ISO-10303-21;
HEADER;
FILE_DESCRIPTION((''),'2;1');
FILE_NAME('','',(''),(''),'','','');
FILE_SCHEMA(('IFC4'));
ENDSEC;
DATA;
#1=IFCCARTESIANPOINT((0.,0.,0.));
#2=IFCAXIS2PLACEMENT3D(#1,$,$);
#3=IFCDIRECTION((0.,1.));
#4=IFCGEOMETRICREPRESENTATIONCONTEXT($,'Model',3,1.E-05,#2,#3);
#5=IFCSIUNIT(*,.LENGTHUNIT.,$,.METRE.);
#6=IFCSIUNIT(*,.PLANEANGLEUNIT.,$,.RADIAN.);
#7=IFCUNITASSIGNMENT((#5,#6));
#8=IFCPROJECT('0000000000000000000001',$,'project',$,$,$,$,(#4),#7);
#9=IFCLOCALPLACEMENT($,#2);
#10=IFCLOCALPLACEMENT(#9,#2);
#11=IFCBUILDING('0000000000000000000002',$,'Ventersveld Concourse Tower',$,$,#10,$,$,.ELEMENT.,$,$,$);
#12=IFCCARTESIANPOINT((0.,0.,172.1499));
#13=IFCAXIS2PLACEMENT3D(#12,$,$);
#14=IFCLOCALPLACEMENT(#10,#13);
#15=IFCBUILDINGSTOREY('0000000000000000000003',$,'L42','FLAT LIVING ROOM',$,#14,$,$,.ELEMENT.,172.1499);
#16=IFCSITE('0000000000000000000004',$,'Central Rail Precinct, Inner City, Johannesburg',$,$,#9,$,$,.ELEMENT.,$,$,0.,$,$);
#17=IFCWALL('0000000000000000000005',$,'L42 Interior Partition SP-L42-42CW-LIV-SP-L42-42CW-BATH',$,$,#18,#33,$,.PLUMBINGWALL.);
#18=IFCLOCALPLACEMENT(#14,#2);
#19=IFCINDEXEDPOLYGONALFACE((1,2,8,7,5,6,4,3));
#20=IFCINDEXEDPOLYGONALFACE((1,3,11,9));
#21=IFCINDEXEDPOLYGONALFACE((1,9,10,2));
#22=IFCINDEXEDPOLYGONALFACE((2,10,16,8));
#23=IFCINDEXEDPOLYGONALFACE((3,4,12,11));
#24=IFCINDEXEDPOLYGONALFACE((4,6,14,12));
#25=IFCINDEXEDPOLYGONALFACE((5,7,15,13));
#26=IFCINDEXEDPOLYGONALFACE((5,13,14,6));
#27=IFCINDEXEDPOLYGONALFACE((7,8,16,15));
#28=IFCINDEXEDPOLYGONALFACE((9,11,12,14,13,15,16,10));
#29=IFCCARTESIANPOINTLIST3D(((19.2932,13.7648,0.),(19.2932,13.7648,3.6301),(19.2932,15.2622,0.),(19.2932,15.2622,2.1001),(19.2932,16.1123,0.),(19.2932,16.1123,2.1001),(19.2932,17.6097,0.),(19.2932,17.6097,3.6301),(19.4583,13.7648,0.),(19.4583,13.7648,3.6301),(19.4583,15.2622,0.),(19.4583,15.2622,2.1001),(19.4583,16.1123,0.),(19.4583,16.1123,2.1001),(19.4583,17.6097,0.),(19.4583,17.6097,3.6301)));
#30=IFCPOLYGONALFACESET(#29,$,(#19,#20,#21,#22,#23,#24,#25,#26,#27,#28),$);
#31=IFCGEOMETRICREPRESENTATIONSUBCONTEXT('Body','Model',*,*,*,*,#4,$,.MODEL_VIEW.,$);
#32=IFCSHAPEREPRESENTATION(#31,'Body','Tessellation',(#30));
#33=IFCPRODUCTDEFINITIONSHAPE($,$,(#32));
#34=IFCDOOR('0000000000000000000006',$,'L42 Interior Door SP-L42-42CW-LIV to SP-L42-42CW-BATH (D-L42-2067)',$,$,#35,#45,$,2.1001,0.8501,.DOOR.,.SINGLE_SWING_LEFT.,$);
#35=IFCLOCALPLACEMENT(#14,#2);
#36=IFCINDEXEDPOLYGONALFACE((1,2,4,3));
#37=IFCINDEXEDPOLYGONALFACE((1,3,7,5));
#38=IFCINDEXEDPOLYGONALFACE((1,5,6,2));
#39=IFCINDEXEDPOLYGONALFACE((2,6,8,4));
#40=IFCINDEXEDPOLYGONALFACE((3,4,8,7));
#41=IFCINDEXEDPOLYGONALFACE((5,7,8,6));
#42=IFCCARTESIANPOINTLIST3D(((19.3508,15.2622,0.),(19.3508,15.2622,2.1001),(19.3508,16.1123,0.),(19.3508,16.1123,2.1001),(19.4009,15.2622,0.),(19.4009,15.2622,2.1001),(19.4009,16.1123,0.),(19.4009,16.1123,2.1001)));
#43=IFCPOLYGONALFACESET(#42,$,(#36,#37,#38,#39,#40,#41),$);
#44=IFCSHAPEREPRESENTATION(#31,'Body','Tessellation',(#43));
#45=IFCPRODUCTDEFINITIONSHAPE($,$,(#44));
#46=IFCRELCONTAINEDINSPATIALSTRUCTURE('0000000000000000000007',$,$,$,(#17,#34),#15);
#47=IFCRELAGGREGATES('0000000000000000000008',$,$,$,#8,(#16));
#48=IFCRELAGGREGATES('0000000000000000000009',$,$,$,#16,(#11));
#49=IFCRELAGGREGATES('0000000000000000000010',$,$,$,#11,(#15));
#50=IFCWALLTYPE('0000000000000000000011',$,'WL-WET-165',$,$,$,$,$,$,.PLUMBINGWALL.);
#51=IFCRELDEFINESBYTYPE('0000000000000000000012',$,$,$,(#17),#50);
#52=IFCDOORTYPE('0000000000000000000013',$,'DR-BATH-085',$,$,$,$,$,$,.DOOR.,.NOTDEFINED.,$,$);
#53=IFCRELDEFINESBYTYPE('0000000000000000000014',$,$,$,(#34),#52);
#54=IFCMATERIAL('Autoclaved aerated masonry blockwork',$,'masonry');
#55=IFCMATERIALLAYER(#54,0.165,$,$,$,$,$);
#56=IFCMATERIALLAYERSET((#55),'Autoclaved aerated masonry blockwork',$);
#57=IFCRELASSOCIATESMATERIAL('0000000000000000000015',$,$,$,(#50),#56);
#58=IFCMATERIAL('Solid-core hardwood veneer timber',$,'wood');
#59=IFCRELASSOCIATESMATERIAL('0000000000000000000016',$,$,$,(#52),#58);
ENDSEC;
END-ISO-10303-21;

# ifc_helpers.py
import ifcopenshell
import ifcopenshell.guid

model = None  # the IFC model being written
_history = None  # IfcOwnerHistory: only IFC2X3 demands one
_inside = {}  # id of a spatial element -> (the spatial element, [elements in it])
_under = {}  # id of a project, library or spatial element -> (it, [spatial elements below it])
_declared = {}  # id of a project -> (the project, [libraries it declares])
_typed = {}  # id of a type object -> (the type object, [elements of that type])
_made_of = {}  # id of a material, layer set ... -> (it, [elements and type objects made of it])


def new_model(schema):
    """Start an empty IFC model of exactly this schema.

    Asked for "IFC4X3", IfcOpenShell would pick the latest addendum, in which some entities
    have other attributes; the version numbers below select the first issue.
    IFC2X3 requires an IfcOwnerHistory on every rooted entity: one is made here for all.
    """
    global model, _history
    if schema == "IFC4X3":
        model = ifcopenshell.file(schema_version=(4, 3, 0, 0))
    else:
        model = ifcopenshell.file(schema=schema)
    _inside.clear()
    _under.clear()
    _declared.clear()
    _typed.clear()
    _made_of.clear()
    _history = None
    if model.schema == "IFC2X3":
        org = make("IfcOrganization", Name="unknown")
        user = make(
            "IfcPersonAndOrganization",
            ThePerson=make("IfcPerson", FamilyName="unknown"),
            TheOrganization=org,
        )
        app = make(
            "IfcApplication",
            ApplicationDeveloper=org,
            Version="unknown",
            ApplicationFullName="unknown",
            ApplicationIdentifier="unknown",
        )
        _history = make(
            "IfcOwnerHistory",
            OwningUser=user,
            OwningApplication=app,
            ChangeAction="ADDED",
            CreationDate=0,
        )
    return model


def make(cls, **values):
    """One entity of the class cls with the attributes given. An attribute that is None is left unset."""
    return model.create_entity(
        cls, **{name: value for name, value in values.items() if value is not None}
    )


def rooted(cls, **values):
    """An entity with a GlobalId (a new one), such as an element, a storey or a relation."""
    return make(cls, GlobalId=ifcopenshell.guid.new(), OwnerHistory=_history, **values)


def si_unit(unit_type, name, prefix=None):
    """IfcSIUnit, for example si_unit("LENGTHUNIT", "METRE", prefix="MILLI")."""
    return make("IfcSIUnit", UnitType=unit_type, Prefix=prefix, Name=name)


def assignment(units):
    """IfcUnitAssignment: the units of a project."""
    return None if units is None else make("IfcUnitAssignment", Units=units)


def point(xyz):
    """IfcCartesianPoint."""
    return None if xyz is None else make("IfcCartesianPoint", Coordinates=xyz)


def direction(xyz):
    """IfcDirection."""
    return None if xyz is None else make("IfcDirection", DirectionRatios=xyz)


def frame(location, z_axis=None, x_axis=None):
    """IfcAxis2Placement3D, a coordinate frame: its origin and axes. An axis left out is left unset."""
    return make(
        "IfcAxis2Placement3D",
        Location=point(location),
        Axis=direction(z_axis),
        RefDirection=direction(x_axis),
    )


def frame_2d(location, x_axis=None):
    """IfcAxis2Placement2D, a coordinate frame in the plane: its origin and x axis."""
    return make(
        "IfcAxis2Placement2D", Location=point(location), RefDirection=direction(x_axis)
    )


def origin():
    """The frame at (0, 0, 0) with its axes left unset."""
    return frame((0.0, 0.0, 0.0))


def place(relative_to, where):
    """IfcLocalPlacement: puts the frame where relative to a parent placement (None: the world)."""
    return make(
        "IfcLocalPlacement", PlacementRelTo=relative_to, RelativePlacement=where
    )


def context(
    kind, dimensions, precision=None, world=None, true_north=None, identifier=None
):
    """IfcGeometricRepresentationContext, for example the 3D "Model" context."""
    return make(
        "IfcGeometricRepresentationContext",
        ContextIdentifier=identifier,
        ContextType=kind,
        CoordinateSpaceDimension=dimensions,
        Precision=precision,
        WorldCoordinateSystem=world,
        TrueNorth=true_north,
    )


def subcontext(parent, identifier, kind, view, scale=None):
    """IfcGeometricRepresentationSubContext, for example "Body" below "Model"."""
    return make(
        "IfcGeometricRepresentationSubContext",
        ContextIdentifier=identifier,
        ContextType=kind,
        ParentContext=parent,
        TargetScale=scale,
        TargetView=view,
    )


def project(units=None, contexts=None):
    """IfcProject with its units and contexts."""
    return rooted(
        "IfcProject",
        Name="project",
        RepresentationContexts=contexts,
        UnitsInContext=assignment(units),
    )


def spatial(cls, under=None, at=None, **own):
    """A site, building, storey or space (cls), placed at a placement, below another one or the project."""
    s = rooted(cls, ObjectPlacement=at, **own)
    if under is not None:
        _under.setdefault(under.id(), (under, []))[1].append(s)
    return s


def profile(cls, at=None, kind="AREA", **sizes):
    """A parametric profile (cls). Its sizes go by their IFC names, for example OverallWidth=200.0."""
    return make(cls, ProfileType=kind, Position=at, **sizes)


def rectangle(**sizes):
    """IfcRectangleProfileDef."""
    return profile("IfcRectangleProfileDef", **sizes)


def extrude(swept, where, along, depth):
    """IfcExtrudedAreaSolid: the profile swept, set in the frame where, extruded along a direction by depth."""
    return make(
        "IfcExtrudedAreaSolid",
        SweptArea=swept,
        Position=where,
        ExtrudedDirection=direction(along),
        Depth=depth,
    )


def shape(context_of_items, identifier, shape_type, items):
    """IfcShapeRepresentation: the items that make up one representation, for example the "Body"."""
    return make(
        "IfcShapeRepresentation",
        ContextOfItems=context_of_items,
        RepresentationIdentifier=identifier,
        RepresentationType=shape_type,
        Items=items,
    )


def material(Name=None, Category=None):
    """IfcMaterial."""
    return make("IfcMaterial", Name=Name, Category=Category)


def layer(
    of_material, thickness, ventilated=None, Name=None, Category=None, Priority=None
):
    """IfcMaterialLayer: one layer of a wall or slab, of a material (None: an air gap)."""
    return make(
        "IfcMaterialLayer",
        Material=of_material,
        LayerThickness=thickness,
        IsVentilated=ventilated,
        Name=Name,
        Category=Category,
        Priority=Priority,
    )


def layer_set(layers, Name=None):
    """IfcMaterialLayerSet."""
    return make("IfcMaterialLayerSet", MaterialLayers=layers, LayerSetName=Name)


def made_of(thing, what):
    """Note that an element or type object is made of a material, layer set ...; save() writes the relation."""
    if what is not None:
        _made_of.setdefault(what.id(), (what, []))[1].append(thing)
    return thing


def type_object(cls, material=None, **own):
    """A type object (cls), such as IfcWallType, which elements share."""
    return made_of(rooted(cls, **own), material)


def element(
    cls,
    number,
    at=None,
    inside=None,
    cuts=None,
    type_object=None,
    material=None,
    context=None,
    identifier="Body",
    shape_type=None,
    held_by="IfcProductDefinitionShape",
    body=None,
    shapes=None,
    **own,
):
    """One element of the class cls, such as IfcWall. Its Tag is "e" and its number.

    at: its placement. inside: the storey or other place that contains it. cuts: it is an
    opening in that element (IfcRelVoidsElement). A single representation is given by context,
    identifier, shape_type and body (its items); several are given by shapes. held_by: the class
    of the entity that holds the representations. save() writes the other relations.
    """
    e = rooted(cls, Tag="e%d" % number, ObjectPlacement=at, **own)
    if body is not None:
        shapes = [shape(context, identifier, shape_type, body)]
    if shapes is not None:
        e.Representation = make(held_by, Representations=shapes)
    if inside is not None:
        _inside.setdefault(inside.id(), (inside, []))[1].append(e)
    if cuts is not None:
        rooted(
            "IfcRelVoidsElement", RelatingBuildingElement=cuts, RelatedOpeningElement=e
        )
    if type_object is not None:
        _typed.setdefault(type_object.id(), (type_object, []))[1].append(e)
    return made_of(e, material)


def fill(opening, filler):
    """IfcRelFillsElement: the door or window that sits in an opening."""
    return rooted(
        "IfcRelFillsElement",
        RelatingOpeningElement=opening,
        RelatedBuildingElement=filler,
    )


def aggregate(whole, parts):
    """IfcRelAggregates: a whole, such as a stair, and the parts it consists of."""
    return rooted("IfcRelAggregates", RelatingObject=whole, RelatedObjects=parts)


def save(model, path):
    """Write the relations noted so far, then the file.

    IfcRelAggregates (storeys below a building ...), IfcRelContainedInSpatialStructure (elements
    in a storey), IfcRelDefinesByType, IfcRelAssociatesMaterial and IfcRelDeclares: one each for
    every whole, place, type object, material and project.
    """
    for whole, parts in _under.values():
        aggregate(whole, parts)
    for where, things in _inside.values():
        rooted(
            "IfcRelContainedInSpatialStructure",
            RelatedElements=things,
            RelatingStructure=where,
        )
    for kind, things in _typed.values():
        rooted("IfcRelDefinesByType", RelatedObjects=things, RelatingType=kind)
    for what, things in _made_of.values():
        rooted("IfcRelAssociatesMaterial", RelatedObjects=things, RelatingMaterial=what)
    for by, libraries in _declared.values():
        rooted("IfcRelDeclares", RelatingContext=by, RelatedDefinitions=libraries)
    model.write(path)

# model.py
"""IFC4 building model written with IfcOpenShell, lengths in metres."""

from ifc_helpers import new_model, si_unit, direction, frame, frame_2d, origin, place, context, subcontext, project, spatial, rectangle, extrude, material, layer, layer_set, type_object, element, fill, save


model = new_model("IFC4")

# Units and contexts
model_context = context("Model", 3, precision=1e-05, world=origin(), true_north=direction((0.0, 1.0)))
body_context = subcontext(model_context, "Body", "Model", "MODEL_VIEW")
ifc_project = project(units=[si_unit("LENGTHUNIT", "METRE"), si_unit("PLANEANGLEUNIT", "RADIAN")], contexts=[model_context])

# Site, building, storey
site_placement = place(None, origin())
site = spatial("IfcSite", under=ifc_project, at=site_placement, Name="Central Rail Precinct, Inner City, Johannesburg", CompositionType="ELEMENT", RefElevation=0.0)
building_placement = place(site_placement, origin())
building = spatial("IfcBuilding", under=site, at=building_placement, Name="Ventersveld Concourse Tower", CompositionType="ELEMENT")
storey_placement = place(building_placement, frame((0.0, 0.0, 172.1499)))
storey = spatial("IfcBuildingStorey", under=building, at=storey_placement, Name="L42", Description="FLAT LIVING ROOM", CompositionType="ELEMENT", Elevation=172.1499)

# Shared definitions
ifc_material_1 = material(Name="Solid-core hardwood veneer timber", Category="wood")

# Wall, opening, door
ifc_material_2 = material(Name="Autoclaved aerated masonry blockwork", Category="masonry")
ifc_layer_1 = layer(ifc_material_2, 0.165)
ifc_layer_set_1 = layer_set([ifc_layer_1], Name="Autoclaved aerated masonry blockwork")
wall_type_1 = type_object("IfcWallType", Name="WL-WET-165", PredefinedType="PLUMBINGWALL", material=ifc_layer_set_1)
wall_1_placement = place(storey_placement, frame((19.3757, 13.7649, 0.0), z_axis=(0.0, 0.0, 1.0), x_axis=(0.0, 1.0, 0.0)))
wall_1 = element("IfcWall", 1, at=wall_1_placement, inside=storey, type_object=wall_type_1, Name="L42 Interior Partition SP-L42-42CW-LIV-SP-L42-42CW-BATH", PredefinedType="PLUMBINGWALL", context=body_context, shape_type="SweptSolid", body=[
    extrude(rectangle(XDim=3.845, YDim=0.165, at=frame_2d((1.9224, 0.0))), origin(), (0.0, 0.0, 1.0), 3.6301),
])
opening_1_placement = place(wall_1_placement, frame((1.4973, 0.0, 0.0)))
opening_1 = element("IfcOpeningElement", 2, at=opening_1_placement, cuts=wall_1, PredefinedType="OPENING", context=body_context, shape_type="SweptSolid", body=[
    extrude(rectangle(XDim=0.8501, YDim=2.1001, at=frame_2d((0.425, 1.05))), frame((0.0, 0.0925, 0.0), z_axis=(0.0, -1.0, 0.0), x_axis=(1.0, 0.0, 0.0)), (0.0, 0.0, 1.0), 0.1851),
])
door_type_1 = type_object("IfcDoorType", Name="DR-BATH-085", OperationType="NOTDEFINED", PredefinedType="DOOR", material=ifc_material_1)
door_1_placement = place(opening_1_placement, origin())
door_1 = element("IfcDoor", 3, at=door_1_placement, inside=storey, type_object=door_type_1, Name="L42 Interior Door SP-L42-42CW-LIV to SP-L42-42CW-BATH (D-L42-2067)", OperationType="SINGLE_SWING_LEFT", OverallHeight=2.1001, OverallWidth=0.8501, PredefinedType="DOOR", context=body_context, shape_type="SweptSolid", body=[
    extrude(rectangle(XDim=0.8501, YDim=2.1001, at=frame_2d((0.425, 1.05))), frame((0.0, 0.0249, 0.0), z_axis=(0.0, -1.0, 0.0), x_axis=(1.0, 0.0, 0.0)), (0.0, 0.0, 1.0), 0.05),
])
fill(opening_1, door_1)

save(model, "model.ifc")
